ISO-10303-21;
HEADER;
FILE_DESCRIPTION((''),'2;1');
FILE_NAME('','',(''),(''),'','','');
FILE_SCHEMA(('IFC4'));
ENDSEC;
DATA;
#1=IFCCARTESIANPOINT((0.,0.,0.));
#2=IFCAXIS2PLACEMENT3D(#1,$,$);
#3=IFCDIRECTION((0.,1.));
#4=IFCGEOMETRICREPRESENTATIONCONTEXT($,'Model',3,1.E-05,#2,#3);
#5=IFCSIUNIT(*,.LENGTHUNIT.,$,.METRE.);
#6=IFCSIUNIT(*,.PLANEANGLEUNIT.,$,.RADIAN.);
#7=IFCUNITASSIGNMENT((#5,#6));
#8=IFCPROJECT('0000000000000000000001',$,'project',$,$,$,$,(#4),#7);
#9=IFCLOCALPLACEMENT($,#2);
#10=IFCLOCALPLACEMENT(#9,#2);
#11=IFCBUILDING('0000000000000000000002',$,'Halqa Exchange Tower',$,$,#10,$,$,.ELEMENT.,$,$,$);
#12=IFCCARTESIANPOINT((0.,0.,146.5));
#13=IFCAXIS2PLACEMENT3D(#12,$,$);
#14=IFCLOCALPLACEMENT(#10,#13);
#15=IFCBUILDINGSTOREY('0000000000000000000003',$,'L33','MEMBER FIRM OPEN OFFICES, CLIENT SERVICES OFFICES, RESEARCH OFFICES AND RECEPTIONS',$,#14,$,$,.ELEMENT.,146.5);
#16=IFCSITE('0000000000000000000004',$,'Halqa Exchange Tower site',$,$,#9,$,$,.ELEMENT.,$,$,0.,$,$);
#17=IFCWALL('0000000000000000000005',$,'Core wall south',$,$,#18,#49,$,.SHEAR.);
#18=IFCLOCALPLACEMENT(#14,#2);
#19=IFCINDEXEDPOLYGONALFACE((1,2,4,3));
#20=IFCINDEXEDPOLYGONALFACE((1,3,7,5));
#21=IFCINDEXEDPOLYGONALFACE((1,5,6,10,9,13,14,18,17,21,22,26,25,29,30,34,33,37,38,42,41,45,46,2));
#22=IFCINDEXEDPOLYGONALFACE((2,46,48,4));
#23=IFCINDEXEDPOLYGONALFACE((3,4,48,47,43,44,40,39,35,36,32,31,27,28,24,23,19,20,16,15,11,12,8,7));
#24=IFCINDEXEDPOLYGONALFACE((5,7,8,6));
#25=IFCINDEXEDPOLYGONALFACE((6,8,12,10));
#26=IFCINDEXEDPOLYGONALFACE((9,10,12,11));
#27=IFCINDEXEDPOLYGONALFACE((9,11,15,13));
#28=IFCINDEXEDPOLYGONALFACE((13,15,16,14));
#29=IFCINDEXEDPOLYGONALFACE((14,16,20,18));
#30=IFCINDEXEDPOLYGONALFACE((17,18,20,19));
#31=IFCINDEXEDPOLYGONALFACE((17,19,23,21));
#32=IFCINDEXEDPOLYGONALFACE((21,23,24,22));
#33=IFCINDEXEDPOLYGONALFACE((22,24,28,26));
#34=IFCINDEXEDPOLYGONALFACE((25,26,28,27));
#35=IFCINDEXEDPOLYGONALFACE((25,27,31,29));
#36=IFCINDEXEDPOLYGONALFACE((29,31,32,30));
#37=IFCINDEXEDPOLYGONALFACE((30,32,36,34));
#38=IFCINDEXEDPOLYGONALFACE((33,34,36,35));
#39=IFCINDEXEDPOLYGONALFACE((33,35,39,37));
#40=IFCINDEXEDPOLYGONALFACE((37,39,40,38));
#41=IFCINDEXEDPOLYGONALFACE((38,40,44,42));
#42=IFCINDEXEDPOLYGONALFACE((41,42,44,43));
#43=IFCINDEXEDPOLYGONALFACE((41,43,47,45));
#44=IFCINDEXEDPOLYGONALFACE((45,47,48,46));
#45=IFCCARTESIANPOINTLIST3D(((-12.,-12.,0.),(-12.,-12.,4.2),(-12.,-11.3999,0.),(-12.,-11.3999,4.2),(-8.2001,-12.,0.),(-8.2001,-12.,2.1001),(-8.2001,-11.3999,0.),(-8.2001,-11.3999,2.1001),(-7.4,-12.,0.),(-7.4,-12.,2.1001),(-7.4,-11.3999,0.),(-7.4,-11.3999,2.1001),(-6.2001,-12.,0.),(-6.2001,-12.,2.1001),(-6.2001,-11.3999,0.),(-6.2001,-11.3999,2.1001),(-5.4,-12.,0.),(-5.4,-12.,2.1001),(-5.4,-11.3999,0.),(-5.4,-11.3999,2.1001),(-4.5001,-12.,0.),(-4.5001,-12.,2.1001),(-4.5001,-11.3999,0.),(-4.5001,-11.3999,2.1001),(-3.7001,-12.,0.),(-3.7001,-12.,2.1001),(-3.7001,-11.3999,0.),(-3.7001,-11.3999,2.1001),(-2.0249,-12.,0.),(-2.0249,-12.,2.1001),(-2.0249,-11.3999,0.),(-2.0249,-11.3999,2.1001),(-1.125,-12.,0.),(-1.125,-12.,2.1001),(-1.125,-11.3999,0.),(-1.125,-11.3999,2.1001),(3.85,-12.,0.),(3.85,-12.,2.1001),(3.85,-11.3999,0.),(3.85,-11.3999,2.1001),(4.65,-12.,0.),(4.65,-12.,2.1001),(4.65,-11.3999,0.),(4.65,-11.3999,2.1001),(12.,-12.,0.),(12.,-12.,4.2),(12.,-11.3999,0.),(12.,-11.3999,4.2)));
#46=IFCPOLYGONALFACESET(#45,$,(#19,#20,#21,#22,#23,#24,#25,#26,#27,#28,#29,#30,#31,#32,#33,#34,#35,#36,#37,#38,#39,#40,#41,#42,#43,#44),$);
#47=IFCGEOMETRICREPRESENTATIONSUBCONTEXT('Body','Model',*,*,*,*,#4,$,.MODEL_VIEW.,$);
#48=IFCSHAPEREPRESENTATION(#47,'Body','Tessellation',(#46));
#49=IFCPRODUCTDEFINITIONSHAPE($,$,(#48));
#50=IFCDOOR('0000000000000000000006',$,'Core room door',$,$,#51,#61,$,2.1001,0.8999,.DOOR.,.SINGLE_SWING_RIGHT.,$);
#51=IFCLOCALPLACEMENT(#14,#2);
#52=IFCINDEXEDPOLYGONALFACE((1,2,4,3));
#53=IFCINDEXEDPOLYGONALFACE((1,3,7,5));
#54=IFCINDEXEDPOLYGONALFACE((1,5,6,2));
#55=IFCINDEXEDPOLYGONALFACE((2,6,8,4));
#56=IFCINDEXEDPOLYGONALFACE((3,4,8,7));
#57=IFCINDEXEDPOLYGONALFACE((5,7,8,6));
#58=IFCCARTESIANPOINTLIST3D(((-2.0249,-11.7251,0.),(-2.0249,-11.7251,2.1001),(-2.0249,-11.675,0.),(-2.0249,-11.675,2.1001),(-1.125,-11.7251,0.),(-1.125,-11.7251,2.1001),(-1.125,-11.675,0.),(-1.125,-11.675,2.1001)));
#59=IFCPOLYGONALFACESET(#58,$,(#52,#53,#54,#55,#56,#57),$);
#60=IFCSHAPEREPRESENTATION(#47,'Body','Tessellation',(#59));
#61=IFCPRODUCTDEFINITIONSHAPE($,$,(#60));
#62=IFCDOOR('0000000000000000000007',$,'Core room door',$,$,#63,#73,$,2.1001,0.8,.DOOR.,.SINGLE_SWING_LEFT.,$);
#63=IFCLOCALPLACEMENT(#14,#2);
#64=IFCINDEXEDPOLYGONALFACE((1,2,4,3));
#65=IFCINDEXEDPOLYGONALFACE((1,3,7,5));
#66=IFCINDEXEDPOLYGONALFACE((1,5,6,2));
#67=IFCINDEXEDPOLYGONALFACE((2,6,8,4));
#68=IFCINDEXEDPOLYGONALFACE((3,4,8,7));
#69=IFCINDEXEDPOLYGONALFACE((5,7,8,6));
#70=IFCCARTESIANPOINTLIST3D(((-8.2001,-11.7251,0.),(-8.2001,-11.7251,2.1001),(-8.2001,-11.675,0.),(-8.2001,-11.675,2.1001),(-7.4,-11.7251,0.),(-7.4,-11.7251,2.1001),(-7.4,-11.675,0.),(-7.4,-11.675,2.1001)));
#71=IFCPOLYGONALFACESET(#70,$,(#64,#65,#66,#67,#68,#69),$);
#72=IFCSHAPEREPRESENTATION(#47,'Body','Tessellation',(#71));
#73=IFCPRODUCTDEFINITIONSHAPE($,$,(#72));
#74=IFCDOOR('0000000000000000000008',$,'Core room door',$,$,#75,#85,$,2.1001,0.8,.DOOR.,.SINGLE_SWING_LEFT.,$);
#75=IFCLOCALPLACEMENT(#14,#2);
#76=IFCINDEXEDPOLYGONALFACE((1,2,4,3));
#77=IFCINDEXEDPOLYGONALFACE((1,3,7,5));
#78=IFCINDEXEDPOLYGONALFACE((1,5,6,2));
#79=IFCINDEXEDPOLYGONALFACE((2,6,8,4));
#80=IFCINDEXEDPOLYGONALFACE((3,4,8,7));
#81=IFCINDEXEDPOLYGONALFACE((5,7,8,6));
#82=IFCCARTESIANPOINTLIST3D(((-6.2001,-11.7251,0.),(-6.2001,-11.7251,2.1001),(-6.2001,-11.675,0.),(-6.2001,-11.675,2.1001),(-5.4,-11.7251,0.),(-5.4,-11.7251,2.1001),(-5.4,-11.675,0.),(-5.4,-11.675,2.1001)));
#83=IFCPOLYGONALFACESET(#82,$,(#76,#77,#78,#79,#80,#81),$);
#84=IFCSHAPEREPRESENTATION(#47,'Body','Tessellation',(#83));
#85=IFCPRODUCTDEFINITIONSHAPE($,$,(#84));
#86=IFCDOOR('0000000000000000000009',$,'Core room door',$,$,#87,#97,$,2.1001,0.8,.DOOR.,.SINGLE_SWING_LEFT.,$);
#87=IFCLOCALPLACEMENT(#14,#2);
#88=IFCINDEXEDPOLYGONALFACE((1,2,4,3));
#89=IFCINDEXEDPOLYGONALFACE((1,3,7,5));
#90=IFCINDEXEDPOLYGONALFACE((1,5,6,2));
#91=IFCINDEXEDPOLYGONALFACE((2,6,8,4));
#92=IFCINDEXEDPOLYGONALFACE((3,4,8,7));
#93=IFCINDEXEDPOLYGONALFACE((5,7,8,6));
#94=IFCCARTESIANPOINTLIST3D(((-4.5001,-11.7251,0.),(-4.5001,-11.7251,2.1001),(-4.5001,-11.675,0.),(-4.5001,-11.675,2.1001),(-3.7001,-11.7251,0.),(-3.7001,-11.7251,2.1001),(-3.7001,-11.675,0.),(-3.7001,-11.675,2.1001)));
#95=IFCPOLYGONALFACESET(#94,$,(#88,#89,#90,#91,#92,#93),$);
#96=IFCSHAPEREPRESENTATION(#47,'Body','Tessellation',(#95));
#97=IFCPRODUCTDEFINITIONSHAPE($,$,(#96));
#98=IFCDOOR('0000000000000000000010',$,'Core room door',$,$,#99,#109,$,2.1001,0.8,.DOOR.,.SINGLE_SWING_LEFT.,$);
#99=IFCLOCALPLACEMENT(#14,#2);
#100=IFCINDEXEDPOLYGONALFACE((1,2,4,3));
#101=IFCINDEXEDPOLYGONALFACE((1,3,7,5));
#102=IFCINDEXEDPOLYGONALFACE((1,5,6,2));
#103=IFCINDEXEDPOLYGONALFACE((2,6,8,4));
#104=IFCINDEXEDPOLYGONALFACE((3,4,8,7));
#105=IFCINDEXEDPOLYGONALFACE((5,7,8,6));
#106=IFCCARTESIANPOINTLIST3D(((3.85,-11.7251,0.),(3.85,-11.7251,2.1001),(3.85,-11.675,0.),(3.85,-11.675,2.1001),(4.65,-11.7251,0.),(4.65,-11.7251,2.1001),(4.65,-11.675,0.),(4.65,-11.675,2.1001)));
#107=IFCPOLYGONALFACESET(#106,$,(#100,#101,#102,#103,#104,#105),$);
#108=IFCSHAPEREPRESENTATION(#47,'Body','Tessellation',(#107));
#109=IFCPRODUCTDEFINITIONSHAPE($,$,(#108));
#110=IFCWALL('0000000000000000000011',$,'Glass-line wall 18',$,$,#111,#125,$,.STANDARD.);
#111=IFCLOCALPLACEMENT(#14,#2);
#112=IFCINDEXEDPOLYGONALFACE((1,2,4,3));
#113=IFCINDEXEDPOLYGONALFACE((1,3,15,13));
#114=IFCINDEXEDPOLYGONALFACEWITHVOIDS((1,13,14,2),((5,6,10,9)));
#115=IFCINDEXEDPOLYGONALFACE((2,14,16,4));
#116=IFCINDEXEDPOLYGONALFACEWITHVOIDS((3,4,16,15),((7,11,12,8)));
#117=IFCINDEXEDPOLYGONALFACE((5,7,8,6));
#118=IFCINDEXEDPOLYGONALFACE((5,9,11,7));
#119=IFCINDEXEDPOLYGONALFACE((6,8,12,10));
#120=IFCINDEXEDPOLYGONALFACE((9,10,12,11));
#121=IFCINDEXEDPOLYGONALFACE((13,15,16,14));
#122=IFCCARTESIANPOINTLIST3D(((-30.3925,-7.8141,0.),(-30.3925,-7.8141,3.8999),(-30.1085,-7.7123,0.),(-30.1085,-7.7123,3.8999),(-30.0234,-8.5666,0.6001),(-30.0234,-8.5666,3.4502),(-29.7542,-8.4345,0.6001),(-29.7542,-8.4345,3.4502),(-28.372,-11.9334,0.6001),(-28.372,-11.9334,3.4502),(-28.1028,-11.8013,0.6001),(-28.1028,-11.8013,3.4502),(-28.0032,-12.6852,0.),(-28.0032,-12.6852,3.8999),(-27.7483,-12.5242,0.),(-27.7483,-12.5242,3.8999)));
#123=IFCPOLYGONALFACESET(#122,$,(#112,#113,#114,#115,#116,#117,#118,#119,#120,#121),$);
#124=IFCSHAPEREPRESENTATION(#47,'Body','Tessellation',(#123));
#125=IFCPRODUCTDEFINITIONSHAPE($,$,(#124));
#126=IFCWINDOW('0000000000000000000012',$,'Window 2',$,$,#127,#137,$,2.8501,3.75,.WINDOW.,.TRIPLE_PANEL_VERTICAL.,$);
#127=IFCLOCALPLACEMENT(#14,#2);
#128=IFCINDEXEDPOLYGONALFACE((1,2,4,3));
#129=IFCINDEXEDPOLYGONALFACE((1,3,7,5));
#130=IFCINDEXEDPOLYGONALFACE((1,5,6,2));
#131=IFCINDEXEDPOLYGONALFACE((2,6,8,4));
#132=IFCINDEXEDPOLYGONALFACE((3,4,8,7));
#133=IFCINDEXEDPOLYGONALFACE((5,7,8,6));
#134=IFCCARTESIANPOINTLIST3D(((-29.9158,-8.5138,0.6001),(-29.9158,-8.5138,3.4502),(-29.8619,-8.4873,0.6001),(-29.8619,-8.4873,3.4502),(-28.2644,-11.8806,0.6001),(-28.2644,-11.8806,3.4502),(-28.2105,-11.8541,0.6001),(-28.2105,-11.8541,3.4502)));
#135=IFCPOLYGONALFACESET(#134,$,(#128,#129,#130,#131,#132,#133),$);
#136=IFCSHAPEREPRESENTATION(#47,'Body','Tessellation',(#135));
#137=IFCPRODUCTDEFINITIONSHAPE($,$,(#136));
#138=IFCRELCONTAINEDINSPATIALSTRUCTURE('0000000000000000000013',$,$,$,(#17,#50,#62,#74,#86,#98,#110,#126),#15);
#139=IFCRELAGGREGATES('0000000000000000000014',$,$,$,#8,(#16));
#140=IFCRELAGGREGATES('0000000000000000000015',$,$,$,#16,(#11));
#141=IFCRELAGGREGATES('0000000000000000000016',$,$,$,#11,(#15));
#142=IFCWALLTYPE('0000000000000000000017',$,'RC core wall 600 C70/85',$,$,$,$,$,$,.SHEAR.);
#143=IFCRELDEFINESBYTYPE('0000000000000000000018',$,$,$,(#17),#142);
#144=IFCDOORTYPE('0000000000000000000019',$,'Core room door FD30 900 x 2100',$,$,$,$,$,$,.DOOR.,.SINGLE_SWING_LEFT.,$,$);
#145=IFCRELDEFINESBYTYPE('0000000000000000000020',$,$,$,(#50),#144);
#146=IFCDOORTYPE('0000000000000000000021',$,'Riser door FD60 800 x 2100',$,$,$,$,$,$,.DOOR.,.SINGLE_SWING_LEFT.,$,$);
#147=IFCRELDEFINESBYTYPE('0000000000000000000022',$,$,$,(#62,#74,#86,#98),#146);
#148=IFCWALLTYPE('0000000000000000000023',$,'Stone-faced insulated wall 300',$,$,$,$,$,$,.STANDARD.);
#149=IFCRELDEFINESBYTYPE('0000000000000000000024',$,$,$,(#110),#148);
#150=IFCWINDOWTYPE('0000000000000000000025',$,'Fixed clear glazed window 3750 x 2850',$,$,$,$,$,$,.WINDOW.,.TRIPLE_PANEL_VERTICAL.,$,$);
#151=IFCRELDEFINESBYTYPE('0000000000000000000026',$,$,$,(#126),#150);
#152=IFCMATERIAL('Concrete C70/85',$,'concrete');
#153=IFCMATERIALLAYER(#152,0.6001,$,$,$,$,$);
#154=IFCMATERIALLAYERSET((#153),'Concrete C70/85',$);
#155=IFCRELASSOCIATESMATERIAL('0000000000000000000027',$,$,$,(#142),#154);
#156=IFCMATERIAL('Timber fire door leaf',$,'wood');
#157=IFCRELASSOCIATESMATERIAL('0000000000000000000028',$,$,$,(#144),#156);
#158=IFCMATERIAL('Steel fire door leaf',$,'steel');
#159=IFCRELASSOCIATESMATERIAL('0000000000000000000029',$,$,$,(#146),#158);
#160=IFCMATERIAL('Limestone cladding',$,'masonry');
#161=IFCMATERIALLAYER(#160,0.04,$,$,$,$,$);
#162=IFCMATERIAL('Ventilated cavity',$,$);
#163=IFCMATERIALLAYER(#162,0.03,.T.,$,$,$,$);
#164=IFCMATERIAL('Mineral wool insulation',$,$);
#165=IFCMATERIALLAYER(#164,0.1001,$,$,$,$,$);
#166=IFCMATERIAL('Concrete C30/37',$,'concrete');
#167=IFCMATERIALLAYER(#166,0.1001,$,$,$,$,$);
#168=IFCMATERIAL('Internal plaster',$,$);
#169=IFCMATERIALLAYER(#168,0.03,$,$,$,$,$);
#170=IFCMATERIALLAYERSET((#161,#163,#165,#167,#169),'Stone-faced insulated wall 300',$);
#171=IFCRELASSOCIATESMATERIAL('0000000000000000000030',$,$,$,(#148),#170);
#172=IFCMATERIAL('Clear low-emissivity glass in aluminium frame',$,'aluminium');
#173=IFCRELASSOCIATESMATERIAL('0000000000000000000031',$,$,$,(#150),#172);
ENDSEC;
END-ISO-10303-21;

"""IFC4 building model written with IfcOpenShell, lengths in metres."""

from ifc_helpers import new_model, si_unit, direction, frame, frame_2d, origin, place, context, subcontext, project, spatial, polyline, rectangle, outline, extrude, material, layer, layer_set, type_object, element, fill, save


model = new_model("IFC4")

# Units and contexts
model_context = context("Model", 3, precision=1e-05, world=origin(), true_north=direction((0.0, 1.0)))
body_context = subcontext(model_context, "Body", "Model", "MODEL_VIEW")
ifc_project = project(units=[si_unit("LENGTHUNIT", "METRE"), si_unit("PLANEANGLEUNIT", "RADIAN")], contexts=[model_context])

# Site, building, storey
site_placement = place(None, origin())
site = spatial("IfcSite", under=ifc_project, at=site_placement, Name="Halqa Exchange Tower site", CompositionType="ELEMENT", RefElevation=0.0)
building_placement = place(site_placement, origin())
building = spatial("IfcBuilding", under=site, at=building_placement, Name="Halqa Exchange Tower", CompositionType="ELEMENT")
storey_placement = place(building_placement, frame((0.0, 0.0, 146.5)))
storey = spatial("IfcBuildingStorey", under=building, at=storey_placement, Name="L33", Description="MEMBER FIRM OPEN OFFICES, CLIENT SERVICES OFFICES, RESEARCH OFFICES AND RECEPTIONS", CompositionType="ELEMENT", Elevation=146.5)

# Shared definitions
ifc_material_1 = material(Name="Concrete C70/85", Category="concrete")

# Wall, openings, doors
ifc_layer_1 = layer(ifc_material_1, 0.6001)
ifc_layer_set_1 = layer_set([ifc_layer_1], Name="Concrete C70/85")
wall_type_1 = type_object("IfcWallType", Name="RC core wall 600 C70/85", PredefinedType="SHEAR", material=ifc_layer_set_1)
wall_1_placement = place(storey_placement, frame((-12.0, -11.7, 0.0), z_axis=(0.0, 0.0, 1.0), x_axis=(1.0, 0.0, 0.0)))
wall_1 = element("IfcWall", 1, at=wall_1_placement, inside=storey, type_object=wall_type_1, Name="Core wall south", PredefinedType="SHEAR", context=body_context, shape_type="SweptSolid", body=[
    extrude(rectangle(XDim=24.0, YDim=0.6001, at=frame_2d((12.0, 0.0))), origin(), (0.0, 0.0, 1.0), 4.2),
])
opening_1_placement = place(wall_1_placement, frame((9.9751, 0.0, 0.0)))
opening_1 = element("IfcOpeningElement", 2, at=opening_1_placement, cuts=wall_1, PredefinedType="OPENING", context=body_context, shape_type="SweptSolid", body=[
    extrude(rectangle(XDim=0.8999, YDim=2.1001, at=frame_2d((0.45, 1.05))), frame((0.0, 0.312, 0.0), z_axis=(0.0, -1.0, 0.0), x_axis=(1.0, 0.0, 0.0)), (0.0, 0.0, 1.0), 0.624),
])
opening_2_placement = place(wall_1_placement, frame((3.8, 0.0, 0.0)))
opening_2 = element("IfcOpeningElement", 3, at=opening_2_placement, cuts=wall_1, PredefinedType="OPENING", context=body_context, shape_type="SweptSolid", body=[
    extrude(rectangle(XDim=0.8, YDim=2.1001, at=frame_2d((0.3999, 1.05))), frame((0.0, 0.312, 0.0), z_axis=(0.0, -1.0, 0.0), x_axis=(1.0, 0.0, 0.0)), (0.0, 0.0, 1.0), 0.624),
])
opening_3_placement = place(wall_1_placement, frame((5.8, 0.0, 0.0)))
opening_3 = element("IfcOpeningElement", 4, at=opening_3_placement, cuts=wall_1, PredefinedType="OPENING", context=body_context, shape_type="SweptSolid", body=[
    extrude(rectangle(XDim=0.8, YDim=2.1001, at=frame_2d((0.3999, 1.05))), frame((0.0, 0.312, 0.0), z_axis=(0.0, -1.0, 0.0), x_axis=(1.0, 0.0, 0.0)), (0.0, 0.0, 1.0), 0.624),
])
opening_4_placement = place(wall_1_placement, frame((7.5, 0.0, 0.0)))
opening_4 = element("IfcOpeningElement", 5, at=opening_4_placement, cuts=wall_1, PredefinedType="OPENING", context=body_context, shape_type="SweptSolid", body=[
    extrude(rectangle(XDim=0.8, YDim=2.1001, at=frame_2d((0.3999, 1.05))), frame((0.0, 0.312, 0.0), z_axis=(0.0, -1.0, 0.0), x_axis=(1.0, 0.0, 0.0)), (0.0, 0.0, 1.0), 0.624),
])
opening_5_placement = place(wall_1_placement, frame((15.8501, 0.0, 0.0)))
opening_5 = element("IfcOpeningElement", 6, at=opening_5_placement, cuts=wall_1, PredefinedType="OPENING", context=body_context, shape_type="SweptSolid", body=[
    extrude(rectangle(XDim=0.8, YDim=2.1001, at=frame_2d((0.3999, 1.05))), frame((0.0, 0.312, 0.0), z_axis=(0.0, -1.0, 0.0), x_axis=(1.0, 0.0, 0.0)), (0.0, 0.0, 1.0), 0.624),
])
ifc_material_2 = material(Name="Timber fire door leaf", Category="wood")
door_type_1 = type_object("IfcDoorType", Name="Core room door FD30 900 x 2100", OperationType="SINGLE_SWING_LEFT", PredefinedType="DOOR", material=ifc_material_2)
door_1_placement = place(opening_1_placement, origin())
door_1 = element("IfcDoor", 7, at=door_1_placement, inside=storey, type_object=door_type_1, Name="Core room door", OperationType="SINGLE_SWING_RIGHT", OverallHeight=2.1001, OverallWidth=0.8999, PredefinedType="DOOR", context=body_context, shape_type="SweptSolid", body=[
    extrude(rectangle(XDim=0.8999, YDim=2.1001, at=frame_2d((0.45, 1.05))), frame((0.0, 0.0249, 0.0), z_axis=(0.0, -1.0, 0.0), x_axis=(1.0, 0.0, 0.0)), (0.0, 0.0, 1.0), 0.05),
])
fill(opening_1, door_1)
ifc_material_3 = material(Name="Steel fire door leaf", Category="steel")
door_type_2 = type_object("IfcDoorType", Name="Riser door FD60 800 x 2100", OperationType="SINGLE_SWING_LEFT", PredefinedType="DOOR", material=ifc_material_3)
door_2_placement = place(opening_2_placement, origin())
door_2 = element("IfcDoor", 8, at=door_2_placement, inside=storey, type_object=door_type_2, Name="Core room door", OperationType="SINGLE_SWING_LEFT", OverallHeight=2.1001, OverallWidth=0.8, PredefinedType="DOOR", context=body_context, shape_type="SweptSolid", body=[
    extrude(rectangle(XDim=0.8, YDim=2.1001, at=frame_2d((0.3999, 1.05))), frame((0.0, 0.0249, 0.0), z_axis=(0.0, -1.0, 0.0), x_axis=(1.0, 0.0, 0.0)), (0.0, 0.0, 1.0), 0.05),
])
fill(opening_2, door_2)
door_3_placement = place(opening_3_placement, origin())
door_3 = element("IfcDoor", 9, at=door_3_placement, inside=storey, type_object=door_type_2, Name="Core room door", OperationType="SINGLE_SWING_LEFT", OverallHeight=2.1001, OverallWidth=0.8, PredefinedType="DOOR", context=body_context, shape_type="SweptSolid", body=[
    extrude(rectangle(XDim=0.8, YDim=2.1001, at=frame_2d((0.3999, 1.05))), frame((0.0, 0.0249, 0.0), z_axis=(0.0, -1.0, 0.0), x_axis=(1.0, 0.0, 0.0)), (0.0, 0.0, 1.0), 0.05),
])
fill(opening_3, door_3)
door_4_placement = place(opening_4_placement, origin())
door_4 = element("IfcDoor", 10, at=door_4_placement, inside=storey, type_object=door_type_2, Name="Core room door", OperationType="SINGLE_SWING_LEFT", OverallHeight=2.1001, OverallWidth=0.8, PredefinedType="DOOR", context=body_context, shape_type="SweptSolid", body=[
    extrude(rectangle(XDim=0.8, YDim=2.1001, at=frame_2d((0.3999, 1.05))), frame((0.0, 0.0249, 0.0), z_axis=(0.0, -1.0, 0.0), x_axis=(1.0, 0.0, 0.0)), (0.0, 0.0, 1.0), 0.05),
])
fill(opening_4, door_4)
door_5_placement = place(opening_5_placement, origin())
door_5 = element("IfcDoor", 11, at=door_5_placement, inside=storey, type_object=door_type_2, Name="Core room door", OperationType="SINGLE_SWING_LEFT", OverallHeight=2.1001, OverallWidth=0.8, PredefinedType="DOOR", context=body_context, shape_type="SweptSolid", body=[
    extrude(rectangle(XDim=0.8, YDim=2.1001, at=frame_2d((0.3999, 1.05))), frame((0.0, 0.0249, 0.0), z_axis=(0.0, -1.0, 0.0), x_axis=(1.0, 0.0, 0.0)), (0.0, 0.0, 1.0), 0.05),
])
fill(opening_5, door_5)

# Wall, opening, window
ifc_material_4 = material(Name="Limestone cladding", Category="masonry")
ifc_layer_2 = layer(ifc_material_4, 0.04)
ifc_material_5 = material(Name="Ventilated cavity")
ifc_layer_3 = layer(ifc_material_5, 0.03, ventilated=True)
ifc_material_6 = material(Name="Mineral wool insulation")
ifc_layer_4 = layer(ifc_material_6, 0.1001)
ifc_material_7 = material(Name="Concrete C30/37", Category="concrete")
ifc_layer_5 = layer(ifc_material_7, 0.1001)
ifc_material_8 = material(Name="Internal plaster")
ifc_layer_6 = layer(ifc_material_8, 0.03)
ifc_layer_set_2 = layer_set([ifc_layer_2, ifc_layer_3, ifc_layer_4, ifc_layer_5, ifc_layer_6], Name="Stone-faced insulated wall 300")
wall_type_2 = type_object("IfcWallType", Name="Stone-faced insulated wall 300", PredefinedType="STANDARD", material=ifc_layer_set_2)
wall_2_placement = place(storey_placement, frame((-30.2505, -7.7632, 0.0), z_axis=(0.0, 0.0, 1.0), x_axis=(0.440373, -0.897815, 0.0)))
wall_2 = element("IfcWall", 12, at=wall_2_placement, inside=storey, type_object=wall_type_2, Name="Glass-line wall 18", PredefinedType="STANDARD", context=body_context, shape_type="SweptSolid", body=[
    extrude(outline(polyline([(-0.0168, -0.1499), (5.4087, -0.1499), (5.3765, 0.1499), (0.0168, 0.1499), (-0.0168, -0.1499)])), origin(), (0.0, 0.0, 1.0), 3.8999),
])
opening_6_placement = place(wall_2_placement, frame((0.8213, 0.0, 0.6001)))
opening_6 = element("IfcOpeningElement", 13, at=opening_6_placement, cuts=wall_2, PredefinedType="OPENING", context=body_context, shape_type="SweptSolid", body=[
    extrude(rectangle(XDim=3.75, YDim=2.8501, at=frame_2d((1.875, 1.425))), frame((0.0, 0.1621, 0.0), z_axis=(0.0, -1.0, 0.0), x_axis=(1.0, 0.0, 0.0)), (0.0, 0.0, 1.0), 0.324),
])
ifc_material_9 = material(Name="Clear low-emissivity glass in aluminium frame", Category="aluminium")
window_type = type_object("IfcWindowType", Name="Fixed clear glazed window 3750 x 2850", PartitioningType="TRIPLE_PANEL_VERTICAL", PredefinedType="WINDOW", material=ifc_material_9)
window_1_placement = place(opening_6_placement, origin())
window_1 = element("IfcWindow", 14, at=window_1_placement, inside=storey, type_object=window_type, Name="Window 2", OverallHeight=2.8501, OverallWidth=3.75, PartitioningType="TRIPLE_PANEL_VERTICAL", PredefinedType="WINDOW", context=body_context, shape_type="SweptSolid", body=[
    extrude(rectangle(XDim=3.75, YDim=2.8501, at=frame_2d((1.875, 1.425))), frame((0.0, 0.03, 0.0), z_axis=(0.0, -1.0, 0.0), x_axis=(1.0, 0.0, 0.0)), (0.0, 0.0, 1.0), 0.0601),
])
fill(opening_6, window_1)

save(model, "model.ifc")
